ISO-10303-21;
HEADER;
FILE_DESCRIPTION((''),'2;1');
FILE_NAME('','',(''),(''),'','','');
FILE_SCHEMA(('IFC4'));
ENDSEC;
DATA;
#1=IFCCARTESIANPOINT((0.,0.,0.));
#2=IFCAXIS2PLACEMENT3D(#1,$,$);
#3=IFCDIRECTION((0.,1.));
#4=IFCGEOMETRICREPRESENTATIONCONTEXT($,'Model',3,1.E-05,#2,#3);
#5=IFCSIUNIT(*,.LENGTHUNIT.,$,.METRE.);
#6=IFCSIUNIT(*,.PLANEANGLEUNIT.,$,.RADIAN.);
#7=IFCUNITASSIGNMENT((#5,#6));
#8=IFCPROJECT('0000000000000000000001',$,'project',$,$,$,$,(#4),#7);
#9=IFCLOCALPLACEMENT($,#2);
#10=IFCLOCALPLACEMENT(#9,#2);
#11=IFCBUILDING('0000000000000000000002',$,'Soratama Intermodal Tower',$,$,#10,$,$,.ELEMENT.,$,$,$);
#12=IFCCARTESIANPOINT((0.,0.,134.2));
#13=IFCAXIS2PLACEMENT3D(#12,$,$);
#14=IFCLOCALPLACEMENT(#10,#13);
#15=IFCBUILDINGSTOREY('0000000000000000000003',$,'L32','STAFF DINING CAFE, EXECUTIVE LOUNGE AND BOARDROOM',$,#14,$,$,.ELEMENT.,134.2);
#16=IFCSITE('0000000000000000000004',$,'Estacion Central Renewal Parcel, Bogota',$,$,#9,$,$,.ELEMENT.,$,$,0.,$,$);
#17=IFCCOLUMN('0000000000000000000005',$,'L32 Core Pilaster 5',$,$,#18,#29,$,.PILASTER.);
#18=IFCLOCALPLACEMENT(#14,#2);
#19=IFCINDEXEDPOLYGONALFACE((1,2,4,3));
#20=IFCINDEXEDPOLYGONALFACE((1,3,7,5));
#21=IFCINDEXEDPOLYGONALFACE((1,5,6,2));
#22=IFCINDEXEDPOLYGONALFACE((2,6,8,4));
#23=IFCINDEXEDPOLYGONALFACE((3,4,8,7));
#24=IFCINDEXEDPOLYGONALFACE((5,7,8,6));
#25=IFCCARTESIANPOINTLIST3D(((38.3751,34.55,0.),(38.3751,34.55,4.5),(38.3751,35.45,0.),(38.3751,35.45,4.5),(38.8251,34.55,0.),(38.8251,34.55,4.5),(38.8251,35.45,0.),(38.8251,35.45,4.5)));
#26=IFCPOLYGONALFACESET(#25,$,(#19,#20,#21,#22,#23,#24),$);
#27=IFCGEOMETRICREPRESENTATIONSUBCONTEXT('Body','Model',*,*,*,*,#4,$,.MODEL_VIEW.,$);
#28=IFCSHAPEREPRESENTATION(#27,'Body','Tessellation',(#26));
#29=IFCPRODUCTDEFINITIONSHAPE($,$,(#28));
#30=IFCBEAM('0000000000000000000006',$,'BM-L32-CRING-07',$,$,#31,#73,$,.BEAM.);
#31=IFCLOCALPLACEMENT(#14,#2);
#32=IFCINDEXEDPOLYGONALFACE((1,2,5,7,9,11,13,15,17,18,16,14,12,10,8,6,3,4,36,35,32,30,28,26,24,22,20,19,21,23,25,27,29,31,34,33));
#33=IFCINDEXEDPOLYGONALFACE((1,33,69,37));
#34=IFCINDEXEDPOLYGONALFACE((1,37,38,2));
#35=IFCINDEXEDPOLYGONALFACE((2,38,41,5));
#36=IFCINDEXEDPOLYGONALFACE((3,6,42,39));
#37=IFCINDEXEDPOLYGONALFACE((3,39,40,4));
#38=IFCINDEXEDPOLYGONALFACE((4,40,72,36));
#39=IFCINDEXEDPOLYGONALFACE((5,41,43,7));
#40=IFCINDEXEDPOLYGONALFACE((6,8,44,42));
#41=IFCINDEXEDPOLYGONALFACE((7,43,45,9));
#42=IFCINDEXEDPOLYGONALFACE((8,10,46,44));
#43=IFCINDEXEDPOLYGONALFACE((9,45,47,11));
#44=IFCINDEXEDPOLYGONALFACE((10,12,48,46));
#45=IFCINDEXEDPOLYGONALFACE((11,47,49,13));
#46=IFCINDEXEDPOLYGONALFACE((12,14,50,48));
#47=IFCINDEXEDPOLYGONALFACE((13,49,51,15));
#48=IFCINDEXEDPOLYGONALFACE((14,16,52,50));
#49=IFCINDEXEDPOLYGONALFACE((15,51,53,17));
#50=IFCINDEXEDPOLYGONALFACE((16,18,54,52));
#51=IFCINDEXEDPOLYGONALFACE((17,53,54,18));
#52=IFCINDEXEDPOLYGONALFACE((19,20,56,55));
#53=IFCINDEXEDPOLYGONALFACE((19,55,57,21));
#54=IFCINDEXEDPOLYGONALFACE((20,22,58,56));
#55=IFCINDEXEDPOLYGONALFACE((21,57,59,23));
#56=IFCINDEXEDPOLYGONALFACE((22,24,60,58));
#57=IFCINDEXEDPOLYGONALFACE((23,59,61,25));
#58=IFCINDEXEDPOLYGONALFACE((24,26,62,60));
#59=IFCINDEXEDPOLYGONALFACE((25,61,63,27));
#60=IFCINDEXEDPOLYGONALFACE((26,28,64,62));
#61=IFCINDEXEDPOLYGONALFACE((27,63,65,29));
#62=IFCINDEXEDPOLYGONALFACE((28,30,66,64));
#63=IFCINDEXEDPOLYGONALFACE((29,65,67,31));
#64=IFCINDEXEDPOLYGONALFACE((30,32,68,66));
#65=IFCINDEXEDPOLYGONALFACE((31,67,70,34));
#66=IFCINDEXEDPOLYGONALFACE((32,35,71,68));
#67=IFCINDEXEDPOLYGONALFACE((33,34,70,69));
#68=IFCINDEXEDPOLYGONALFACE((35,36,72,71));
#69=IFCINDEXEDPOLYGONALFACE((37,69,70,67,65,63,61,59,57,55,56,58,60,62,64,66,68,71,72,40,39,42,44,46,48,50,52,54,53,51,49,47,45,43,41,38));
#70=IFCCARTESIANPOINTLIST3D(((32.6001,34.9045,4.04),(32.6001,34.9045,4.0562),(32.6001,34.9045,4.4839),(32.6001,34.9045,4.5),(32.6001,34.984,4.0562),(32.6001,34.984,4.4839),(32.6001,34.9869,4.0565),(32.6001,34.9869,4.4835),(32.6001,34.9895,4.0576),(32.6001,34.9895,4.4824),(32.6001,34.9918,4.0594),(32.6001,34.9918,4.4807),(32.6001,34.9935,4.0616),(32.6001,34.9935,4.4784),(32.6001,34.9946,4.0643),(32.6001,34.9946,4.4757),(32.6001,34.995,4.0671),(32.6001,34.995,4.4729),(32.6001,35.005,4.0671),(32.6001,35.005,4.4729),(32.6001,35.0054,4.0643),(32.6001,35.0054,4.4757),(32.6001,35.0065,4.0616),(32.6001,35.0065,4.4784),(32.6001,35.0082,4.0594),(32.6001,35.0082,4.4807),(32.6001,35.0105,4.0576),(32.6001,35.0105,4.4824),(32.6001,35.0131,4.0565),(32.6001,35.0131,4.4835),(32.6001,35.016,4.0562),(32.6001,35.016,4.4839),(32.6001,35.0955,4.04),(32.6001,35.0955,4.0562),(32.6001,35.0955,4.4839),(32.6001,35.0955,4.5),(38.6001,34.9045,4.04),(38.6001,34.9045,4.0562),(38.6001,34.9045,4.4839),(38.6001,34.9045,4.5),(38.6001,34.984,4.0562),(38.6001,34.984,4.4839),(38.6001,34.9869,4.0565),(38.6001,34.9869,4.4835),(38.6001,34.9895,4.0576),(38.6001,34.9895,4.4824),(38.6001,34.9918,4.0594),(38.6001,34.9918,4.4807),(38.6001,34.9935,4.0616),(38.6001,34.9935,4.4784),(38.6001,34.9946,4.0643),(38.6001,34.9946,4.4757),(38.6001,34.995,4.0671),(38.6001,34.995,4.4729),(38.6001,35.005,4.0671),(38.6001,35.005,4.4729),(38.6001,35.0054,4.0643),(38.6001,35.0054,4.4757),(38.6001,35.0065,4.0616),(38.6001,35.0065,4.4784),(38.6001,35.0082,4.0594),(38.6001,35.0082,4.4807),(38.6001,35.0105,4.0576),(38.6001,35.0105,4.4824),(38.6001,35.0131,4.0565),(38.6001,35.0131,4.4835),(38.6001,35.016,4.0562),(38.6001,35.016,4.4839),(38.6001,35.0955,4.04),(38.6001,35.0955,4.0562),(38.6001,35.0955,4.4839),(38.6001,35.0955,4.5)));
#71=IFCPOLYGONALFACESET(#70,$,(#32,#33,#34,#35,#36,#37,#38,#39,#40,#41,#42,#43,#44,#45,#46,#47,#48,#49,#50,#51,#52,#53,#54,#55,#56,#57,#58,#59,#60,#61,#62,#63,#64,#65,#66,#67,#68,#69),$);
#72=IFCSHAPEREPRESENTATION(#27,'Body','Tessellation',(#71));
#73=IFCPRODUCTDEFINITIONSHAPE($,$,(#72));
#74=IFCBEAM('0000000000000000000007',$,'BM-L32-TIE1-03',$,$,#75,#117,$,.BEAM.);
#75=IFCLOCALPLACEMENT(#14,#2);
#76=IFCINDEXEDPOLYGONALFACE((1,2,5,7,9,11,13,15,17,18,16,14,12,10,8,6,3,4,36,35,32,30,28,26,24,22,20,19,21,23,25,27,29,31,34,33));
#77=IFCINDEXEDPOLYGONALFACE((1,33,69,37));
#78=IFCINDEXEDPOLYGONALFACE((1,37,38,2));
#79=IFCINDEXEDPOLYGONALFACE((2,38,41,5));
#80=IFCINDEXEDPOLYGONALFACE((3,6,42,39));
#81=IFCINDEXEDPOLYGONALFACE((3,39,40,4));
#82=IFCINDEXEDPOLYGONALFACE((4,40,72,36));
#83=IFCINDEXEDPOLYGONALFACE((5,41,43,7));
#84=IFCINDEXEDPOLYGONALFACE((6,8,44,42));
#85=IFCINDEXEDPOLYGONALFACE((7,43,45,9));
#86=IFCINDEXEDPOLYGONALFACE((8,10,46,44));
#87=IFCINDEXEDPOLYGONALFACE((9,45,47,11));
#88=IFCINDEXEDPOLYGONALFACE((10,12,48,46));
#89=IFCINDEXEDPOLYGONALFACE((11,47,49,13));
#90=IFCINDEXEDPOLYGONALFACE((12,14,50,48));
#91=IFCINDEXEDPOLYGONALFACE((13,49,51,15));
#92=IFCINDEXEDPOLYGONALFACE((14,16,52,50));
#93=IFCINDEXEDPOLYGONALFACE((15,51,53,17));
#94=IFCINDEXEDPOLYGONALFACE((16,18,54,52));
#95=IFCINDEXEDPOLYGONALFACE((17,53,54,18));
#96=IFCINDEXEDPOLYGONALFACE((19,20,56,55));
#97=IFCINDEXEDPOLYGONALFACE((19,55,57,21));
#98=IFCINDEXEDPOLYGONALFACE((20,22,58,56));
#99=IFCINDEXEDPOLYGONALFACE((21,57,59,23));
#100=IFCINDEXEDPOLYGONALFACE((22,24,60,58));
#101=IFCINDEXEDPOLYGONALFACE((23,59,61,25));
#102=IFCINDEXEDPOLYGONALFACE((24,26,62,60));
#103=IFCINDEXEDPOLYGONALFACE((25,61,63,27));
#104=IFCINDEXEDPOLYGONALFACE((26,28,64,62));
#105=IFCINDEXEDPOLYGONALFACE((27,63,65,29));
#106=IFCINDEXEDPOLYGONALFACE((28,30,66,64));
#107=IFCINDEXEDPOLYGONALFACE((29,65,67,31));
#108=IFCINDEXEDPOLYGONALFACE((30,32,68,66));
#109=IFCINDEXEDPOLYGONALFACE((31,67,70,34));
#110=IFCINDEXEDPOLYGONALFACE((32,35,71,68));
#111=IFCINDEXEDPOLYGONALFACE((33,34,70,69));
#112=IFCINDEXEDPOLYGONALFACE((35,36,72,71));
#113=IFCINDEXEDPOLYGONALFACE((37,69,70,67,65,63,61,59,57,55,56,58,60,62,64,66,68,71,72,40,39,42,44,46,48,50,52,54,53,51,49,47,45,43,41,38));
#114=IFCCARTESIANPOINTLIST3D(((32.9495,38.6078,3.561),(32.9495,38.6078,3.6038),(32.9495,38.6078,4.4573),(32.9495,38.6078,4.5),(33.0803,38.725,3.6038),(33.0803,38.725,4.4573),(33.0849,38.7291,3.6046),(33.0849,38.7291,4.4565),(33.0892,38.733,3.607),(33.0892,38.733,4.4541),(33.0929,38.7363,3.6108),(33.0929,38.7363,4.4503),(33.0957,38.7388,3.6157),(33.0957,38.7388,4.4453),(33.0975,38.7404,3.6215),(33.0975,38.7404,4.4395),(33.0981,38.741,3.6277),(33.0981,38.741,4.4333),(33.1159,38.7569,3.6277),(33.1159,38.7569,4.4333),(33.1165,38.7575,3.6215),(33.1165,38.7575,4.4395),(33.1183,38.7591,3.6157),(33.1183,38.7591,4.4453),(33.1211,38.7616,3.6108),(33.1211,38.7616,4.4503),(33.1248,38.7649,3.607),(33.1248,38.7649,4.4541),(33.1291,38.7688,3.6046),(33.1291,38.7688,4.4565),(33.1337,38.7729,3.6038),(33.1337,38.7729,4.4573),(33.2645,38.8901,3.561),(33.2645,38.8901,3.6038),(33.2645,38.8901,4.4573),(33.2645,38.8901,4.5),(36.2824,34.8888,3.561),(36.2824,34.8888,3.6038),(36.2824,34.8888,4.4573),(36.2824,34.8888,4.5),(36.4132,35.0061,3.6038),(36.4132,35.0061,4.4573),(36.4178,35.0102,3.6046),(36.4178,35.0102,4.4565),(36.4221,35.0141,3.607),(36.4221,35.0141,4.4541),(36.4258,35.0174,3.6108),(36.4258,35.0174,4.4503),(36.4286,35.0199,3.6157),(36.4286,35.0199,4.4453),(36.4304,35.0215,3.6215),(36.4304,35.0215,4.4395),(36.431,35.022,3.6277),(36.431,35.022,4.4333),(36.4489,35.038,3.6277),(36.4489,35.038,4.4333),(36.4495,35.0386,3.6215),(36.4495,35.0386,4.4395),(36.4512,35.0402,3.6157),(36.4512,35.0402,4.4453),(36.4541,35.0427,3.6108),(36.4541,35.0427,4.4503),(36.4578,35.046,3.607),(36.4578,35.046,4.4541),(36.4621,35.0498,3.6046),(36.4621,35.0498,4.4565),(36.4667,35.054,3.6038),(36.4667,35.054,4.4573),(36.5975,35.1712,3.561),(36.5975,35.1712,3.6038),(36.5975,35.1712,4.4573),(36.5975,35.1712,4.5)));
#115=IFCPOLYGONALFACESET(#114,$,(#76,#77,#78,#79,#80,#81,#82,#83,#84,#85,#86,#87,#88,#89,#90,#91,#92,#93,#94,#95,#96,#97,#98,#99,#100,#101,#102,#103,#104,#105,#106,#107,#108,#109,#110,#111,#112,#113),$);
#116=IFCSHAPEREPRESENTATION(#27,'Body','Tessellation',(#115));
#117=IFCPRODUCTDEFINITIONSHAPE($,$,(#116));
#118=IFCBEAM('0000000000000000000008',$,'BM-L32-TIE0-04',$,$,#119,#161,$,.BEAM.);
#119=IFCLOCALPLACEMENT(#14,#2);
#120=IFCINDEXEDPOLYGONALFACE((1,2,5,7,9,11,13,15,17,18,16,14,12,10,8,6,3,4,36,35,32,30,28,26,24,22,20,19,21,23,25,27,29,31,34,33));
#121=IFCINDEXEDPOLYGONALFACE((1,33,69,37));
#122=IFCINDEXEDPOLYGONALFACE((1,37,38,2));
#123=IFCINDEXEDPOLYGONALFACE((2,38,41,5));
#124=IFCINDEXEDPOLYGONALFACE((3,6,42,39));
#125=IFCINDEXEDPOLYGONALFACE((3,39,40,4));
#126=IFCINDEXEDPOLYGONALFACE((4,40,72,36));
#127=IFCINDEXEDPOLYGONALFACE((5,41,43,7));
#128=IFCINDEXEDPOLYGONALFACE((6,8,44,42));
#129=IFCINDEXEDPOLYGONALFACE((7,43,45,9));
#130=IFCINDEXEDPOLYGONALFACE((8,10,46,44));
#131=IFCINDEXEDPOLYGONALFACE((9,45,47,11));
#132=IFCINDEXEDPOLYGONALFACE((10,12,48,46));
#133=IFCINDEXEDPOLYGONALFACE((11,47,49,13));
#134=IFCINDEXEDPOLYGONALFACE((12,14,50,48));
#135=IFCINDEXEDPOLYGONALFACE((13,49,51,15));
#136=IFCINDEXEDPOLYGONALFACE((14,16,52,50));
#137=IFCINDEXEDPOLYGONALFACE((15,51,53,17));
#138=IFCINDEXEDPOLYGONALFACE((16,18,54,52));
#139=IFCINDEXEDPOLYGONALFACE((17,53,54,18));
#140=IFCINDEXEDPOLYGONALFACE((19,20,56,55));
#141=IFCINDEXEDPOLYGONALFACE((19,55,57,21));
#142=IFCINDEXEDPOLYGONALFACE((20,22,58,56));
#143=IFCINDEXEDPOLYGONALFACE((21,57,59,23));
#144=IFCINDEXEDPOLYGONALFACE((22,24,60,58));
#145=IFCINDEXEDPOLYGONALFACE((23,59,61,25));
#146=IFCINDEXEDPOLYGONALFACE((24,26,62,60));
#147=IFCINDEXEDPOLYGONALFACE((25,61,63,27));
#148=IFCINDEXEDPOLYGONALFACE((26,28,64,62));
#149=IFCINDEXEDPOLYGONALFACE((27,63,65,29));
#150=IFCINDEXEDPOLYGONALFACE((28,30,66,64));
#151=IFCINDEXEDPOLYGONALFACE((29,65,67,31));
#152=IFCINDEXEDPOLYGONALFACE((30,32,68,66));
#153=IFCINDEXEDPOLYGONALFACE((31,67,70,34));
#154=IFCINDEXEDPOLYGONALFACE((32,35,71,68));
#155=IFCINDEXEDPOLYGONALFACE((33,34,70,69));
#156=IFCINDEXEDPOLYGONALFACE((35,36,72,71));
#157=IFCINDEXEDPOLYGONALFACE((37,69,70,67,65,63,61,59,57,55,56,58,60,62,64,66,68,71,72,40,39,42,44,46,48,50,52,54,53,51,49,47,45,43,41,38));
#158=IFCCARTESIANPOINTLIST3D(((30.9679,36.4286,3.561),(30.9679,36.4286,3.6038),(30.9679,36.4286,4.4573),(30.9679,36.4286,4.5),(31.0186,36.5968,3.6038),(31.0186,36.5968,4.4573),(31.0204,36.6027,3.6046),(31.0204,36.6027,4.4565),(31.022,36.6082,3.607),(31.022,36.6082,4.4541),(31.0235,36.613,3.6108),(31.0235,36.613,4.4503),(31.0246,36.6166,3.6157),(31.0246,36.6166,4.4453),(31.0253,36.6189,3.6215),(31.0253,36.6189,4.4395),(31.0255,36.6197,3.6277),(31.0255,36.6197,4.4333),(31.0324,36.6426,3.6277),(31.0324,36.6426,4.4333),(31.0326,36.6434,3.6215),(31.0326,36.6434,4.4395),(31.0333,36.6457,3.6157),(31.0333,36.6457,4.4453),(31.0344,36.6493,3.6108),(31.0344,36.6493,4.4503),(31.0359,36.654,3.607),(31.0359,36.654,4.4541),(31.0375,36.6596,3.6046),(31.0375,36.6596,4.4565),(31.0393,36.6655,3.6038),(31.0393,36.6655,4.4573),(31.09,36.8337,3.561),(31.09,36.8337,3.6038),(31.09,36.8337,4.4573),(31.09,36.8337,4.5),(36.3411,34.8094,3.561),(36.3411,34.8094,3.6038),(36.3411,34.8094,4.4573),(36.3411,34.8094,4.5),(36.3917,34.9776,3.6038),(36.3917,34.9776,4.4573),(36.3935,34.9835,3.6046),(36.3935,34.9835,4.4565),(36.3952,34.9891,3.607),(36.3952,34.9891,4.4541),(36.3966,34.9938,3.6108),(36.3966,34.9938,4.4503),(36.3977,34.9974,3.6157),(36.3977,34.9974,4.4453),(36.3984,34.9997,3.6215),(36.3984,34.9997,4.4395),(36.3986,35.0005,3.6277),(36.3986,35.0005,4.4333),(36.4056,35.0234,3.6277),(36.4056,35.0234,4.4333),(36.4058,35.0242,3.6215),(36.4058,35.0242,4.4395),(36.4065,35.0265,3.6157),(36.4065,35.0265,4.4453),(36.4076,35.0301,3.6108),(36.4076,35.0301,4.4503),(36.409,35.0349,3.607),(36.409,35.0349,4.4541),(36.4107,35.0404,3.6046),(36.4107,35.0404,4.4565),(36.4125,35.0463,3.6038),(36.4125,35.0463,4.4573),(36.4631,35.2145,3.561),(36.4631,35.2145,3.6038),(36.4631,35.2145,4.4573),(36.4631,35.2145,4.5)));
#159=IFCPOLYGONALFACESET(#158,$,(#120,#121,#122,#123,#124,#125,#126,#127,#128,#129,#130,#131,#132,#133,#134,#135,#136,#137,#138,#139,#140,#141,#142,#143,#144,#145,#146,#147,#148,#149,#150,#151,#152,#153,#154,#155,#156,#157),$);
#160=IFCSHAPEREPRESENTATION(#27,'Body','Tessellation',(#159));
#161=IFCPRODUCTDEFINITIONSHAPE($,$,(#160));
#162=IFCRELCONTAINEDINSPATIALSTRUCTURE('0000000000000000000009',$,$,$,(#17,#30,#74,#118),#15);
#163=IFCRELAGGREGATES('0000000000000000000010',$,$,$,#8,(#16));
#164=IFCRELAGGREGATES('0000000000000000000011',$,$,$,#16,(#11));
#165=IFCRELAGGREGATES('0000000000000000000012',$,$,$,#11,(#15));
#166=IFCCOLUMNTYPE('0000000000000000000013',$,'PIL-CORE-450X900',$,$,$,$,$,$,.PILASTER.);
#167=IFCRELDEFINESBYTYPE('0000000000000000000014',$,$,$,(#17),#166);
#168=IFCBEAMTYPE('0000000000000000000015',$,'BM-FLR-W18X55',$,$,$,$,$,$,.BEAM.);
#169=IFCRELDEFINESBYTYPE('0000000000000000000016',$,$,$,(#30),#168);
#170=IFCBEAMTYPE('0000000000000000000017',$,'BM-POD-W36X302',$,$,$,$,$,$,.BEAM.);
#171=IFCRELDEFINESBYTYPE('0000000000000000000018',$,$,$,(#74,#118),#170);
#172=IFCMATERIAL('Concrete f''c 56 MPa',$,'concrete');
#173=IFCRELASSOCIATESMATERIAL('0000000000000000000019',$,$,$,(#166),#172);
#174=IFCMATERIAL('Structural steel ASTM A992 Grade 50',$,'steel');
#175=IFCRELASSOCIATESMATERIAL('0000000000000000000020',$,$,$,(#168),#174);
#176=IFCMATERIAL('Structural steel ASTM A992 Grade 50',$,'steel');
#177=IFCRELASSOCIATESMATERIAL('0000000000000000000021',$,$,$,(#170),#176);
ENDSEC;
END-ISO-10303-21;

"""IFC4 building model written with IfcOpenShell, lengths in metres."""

from ifc_helpers import new_model, si_unit, direction, frame, origin, origin_2d, place, context, subcontext, project, spatial, rectangle, i_section, extrude, material, material_profile, profile_set, type_object, element, save


model = new_model("IFC4")

# Units and contexts
model_context = context("Model", 3, precision=1e-05, world=origin(), true_north=direction((0.0, 1.0)))
body_context = subcontext(model_context, "Body", "Model", "MODEL_VIEW")
ifc_project = project(units=[si_unit("LENGTHUNIT", "METRE"), si_unit("PLANEANGLEUNIT", "RADIAN")], contexts=[model_context])

# Site, building, storey
site_placement = place(None, origin())
site = spatial("IfcSite", under=ifc_project, at=site_placement, Name="Estacion Central Renewal Parcel, Bogota", CompositionType="ELEMENT", RefElevation=0.0)
building_placement = place(site_placement, origin())
building = spatial("IfcBuilding", under=site, at=building_placement, Name="Soratama Intermodal Tower", CompositionType="ELEMENT")
storey_placement = place(building_placement, frame((0.0, 0.0, 134.2)))
storey = spatial("IfcBuildingStorey", under=building, at=storey_placement, Name="L32", Description="STAFF DINING CAFE, EXECUTIVE LOUNGE AND BOARDROOM", CompositionType="ELEMENT", Elevation=134.2)

# Column
ifc_material_1 = material(Name="Concrete f'c 56 MPa", Category="concrete")
ifc_material_profile_1 = material_profile(ifc_material_1, rectangle(XDim=0.45, YDim=0.8999, at=origin_2d()), Name="RC450X900")
ifc_profile_set_1 = profile_set([ifc_material_profile_1], Name="Concrete f'c 56 MPa")
column_type = type_object("IfcColumnType", Name="PIL-CORE-450X900", PredefinedType="PILASTER", material=ifc_profile_set_1)
column_placement = place(storey_placement, frame((38.6001, 35.0, 0.0), z_axis=(0.0, 0.0, 1.0), x_axis=(1.0, 0.0, 0.0)))
element("IfcColumn", 1, at=column_placement, inside=storey, type_object=column_type, Name="L32 Core Pilaster 5", PredefinedType="PILASTER", context=body_context, shape_type="SweptSolid", body=[
    extrude(rectangle(XDim=0.45, YDim=0.8999, at=origin_2d()), origin(), (0.0, 0.0, 1.0), 4.5),
])

# Beams
ifc_material_2 = material(Name="Structural steel ASTM A992 Grade 50", Category="steel")
ifc_material_profile_2 = material_profile(ifc_material_2, i_section(OverallWidth=0.1909, OverallDepth=0.46, WebThickness=0.01, FlangeThickness=0.0161, FilletRadius=0.011, at=origin_2d()), Name="W18X55")
ifc_profile_set_2 = profile_set([ifc_material_profile_2], Name="Structural steel ASTM A992 Grade 50")
beam_type_1 = type_object("IfcBeamType", Name="BM-FLR-W18X55", PredefinedType="BEAM", material=ifc_profile_set_2)
beam_1_placement = place(storey_placement, frame((38.6001, 35.0, 4.27), z_axis=(-1.0, 0.0, 0.0), x_axis=(0.0, -1.0, 0.0)))
element("IfcBeam", 2, at=beam_1_placement, inside=storey, type_object=beam_type_1, Name="BM-L32-CRING-07", PredefinedType="BEAM", context=body_context, shape_type="SweptSolid", body=[
    extrude(i_section(OverallWidth=0.1909, OverallDepth=0.46, WebThickness=0.01, FlangeThickness=0.0161, FilletRadius=0.011, at=origin_2d()), origin(), (0.0, 0.0, 1.0), 6.0),
])
ifc_material_3 = material(Name="Structural steel ASTM A992 Grade 50", Category="steel")
ifc_material_profile_3 = material_profile(ifc_material_3, i_section(OverallWidth=0.4231, OverallDepth=0.939, WebThickness=0.0239, FlangeThickness=0.0427, FilletRadius=0.0239, at=origin_2d()), Name="W36X302")
ifc_profile_set_3 = profile_set([ifc_material_profile_3], Name="Structural steel ASTM A992 Grade 50")
beam_type_2 = type_object("IfcBeamType", Name="BM-POD-W36X302", PredefinedType="BEAM", material=ifc_profile_set_3)
beam_2_placement = place(storey_placement, frame((36.4399, 35.03, 4.0305), z_axis=(-0.667405, 0.744695, 0.0), x_axis=(-0.744695, -0.667405, 0.0)))
element("IfcBeam", 3, at=beam_2_placement, inside=storey, type_object=beam_type_2, Name="BM-L32-TIE1-03", PredefinedType="BEAM", context=body_context, shape_type="SweptSolid", body=[
    extrude(i_section(OverallWidth=0.4231, OverallDepth=0.939, WebThickness=0.0239, FlangeThickness=0.0427, FilletRadius=0.0239, at=origin_2d()), origin(), (0.0, 0.0, 1.0), 4.9939),
])
beam_3_placement = place(storey_placement, frame((36.4021, 35.012, 4.0305), z_axis=(-0.957471, 0.288529, 0.0), x_axis=(-0.288529, -0.957471, 0.0)))
element("IfcBeam", 4, at=beam_3_placement, inside=storey, type_object=beam_type_2, Name="BM-L32-TIE0-04", PredefinedType="BEAM", context=body_context, shape_type="SweptSolid", body=[
    extrude(i_section(OverallWidth=0.4231, OverallDepth=0.939, WebThickness=0.0239, FlangeThickness=0.0427, FilletRadius=0.0239, at=origin_2d()), origin(), (0.0, 0.0, 1.0), 5.6118),
])

save(model, "model.ifc")
